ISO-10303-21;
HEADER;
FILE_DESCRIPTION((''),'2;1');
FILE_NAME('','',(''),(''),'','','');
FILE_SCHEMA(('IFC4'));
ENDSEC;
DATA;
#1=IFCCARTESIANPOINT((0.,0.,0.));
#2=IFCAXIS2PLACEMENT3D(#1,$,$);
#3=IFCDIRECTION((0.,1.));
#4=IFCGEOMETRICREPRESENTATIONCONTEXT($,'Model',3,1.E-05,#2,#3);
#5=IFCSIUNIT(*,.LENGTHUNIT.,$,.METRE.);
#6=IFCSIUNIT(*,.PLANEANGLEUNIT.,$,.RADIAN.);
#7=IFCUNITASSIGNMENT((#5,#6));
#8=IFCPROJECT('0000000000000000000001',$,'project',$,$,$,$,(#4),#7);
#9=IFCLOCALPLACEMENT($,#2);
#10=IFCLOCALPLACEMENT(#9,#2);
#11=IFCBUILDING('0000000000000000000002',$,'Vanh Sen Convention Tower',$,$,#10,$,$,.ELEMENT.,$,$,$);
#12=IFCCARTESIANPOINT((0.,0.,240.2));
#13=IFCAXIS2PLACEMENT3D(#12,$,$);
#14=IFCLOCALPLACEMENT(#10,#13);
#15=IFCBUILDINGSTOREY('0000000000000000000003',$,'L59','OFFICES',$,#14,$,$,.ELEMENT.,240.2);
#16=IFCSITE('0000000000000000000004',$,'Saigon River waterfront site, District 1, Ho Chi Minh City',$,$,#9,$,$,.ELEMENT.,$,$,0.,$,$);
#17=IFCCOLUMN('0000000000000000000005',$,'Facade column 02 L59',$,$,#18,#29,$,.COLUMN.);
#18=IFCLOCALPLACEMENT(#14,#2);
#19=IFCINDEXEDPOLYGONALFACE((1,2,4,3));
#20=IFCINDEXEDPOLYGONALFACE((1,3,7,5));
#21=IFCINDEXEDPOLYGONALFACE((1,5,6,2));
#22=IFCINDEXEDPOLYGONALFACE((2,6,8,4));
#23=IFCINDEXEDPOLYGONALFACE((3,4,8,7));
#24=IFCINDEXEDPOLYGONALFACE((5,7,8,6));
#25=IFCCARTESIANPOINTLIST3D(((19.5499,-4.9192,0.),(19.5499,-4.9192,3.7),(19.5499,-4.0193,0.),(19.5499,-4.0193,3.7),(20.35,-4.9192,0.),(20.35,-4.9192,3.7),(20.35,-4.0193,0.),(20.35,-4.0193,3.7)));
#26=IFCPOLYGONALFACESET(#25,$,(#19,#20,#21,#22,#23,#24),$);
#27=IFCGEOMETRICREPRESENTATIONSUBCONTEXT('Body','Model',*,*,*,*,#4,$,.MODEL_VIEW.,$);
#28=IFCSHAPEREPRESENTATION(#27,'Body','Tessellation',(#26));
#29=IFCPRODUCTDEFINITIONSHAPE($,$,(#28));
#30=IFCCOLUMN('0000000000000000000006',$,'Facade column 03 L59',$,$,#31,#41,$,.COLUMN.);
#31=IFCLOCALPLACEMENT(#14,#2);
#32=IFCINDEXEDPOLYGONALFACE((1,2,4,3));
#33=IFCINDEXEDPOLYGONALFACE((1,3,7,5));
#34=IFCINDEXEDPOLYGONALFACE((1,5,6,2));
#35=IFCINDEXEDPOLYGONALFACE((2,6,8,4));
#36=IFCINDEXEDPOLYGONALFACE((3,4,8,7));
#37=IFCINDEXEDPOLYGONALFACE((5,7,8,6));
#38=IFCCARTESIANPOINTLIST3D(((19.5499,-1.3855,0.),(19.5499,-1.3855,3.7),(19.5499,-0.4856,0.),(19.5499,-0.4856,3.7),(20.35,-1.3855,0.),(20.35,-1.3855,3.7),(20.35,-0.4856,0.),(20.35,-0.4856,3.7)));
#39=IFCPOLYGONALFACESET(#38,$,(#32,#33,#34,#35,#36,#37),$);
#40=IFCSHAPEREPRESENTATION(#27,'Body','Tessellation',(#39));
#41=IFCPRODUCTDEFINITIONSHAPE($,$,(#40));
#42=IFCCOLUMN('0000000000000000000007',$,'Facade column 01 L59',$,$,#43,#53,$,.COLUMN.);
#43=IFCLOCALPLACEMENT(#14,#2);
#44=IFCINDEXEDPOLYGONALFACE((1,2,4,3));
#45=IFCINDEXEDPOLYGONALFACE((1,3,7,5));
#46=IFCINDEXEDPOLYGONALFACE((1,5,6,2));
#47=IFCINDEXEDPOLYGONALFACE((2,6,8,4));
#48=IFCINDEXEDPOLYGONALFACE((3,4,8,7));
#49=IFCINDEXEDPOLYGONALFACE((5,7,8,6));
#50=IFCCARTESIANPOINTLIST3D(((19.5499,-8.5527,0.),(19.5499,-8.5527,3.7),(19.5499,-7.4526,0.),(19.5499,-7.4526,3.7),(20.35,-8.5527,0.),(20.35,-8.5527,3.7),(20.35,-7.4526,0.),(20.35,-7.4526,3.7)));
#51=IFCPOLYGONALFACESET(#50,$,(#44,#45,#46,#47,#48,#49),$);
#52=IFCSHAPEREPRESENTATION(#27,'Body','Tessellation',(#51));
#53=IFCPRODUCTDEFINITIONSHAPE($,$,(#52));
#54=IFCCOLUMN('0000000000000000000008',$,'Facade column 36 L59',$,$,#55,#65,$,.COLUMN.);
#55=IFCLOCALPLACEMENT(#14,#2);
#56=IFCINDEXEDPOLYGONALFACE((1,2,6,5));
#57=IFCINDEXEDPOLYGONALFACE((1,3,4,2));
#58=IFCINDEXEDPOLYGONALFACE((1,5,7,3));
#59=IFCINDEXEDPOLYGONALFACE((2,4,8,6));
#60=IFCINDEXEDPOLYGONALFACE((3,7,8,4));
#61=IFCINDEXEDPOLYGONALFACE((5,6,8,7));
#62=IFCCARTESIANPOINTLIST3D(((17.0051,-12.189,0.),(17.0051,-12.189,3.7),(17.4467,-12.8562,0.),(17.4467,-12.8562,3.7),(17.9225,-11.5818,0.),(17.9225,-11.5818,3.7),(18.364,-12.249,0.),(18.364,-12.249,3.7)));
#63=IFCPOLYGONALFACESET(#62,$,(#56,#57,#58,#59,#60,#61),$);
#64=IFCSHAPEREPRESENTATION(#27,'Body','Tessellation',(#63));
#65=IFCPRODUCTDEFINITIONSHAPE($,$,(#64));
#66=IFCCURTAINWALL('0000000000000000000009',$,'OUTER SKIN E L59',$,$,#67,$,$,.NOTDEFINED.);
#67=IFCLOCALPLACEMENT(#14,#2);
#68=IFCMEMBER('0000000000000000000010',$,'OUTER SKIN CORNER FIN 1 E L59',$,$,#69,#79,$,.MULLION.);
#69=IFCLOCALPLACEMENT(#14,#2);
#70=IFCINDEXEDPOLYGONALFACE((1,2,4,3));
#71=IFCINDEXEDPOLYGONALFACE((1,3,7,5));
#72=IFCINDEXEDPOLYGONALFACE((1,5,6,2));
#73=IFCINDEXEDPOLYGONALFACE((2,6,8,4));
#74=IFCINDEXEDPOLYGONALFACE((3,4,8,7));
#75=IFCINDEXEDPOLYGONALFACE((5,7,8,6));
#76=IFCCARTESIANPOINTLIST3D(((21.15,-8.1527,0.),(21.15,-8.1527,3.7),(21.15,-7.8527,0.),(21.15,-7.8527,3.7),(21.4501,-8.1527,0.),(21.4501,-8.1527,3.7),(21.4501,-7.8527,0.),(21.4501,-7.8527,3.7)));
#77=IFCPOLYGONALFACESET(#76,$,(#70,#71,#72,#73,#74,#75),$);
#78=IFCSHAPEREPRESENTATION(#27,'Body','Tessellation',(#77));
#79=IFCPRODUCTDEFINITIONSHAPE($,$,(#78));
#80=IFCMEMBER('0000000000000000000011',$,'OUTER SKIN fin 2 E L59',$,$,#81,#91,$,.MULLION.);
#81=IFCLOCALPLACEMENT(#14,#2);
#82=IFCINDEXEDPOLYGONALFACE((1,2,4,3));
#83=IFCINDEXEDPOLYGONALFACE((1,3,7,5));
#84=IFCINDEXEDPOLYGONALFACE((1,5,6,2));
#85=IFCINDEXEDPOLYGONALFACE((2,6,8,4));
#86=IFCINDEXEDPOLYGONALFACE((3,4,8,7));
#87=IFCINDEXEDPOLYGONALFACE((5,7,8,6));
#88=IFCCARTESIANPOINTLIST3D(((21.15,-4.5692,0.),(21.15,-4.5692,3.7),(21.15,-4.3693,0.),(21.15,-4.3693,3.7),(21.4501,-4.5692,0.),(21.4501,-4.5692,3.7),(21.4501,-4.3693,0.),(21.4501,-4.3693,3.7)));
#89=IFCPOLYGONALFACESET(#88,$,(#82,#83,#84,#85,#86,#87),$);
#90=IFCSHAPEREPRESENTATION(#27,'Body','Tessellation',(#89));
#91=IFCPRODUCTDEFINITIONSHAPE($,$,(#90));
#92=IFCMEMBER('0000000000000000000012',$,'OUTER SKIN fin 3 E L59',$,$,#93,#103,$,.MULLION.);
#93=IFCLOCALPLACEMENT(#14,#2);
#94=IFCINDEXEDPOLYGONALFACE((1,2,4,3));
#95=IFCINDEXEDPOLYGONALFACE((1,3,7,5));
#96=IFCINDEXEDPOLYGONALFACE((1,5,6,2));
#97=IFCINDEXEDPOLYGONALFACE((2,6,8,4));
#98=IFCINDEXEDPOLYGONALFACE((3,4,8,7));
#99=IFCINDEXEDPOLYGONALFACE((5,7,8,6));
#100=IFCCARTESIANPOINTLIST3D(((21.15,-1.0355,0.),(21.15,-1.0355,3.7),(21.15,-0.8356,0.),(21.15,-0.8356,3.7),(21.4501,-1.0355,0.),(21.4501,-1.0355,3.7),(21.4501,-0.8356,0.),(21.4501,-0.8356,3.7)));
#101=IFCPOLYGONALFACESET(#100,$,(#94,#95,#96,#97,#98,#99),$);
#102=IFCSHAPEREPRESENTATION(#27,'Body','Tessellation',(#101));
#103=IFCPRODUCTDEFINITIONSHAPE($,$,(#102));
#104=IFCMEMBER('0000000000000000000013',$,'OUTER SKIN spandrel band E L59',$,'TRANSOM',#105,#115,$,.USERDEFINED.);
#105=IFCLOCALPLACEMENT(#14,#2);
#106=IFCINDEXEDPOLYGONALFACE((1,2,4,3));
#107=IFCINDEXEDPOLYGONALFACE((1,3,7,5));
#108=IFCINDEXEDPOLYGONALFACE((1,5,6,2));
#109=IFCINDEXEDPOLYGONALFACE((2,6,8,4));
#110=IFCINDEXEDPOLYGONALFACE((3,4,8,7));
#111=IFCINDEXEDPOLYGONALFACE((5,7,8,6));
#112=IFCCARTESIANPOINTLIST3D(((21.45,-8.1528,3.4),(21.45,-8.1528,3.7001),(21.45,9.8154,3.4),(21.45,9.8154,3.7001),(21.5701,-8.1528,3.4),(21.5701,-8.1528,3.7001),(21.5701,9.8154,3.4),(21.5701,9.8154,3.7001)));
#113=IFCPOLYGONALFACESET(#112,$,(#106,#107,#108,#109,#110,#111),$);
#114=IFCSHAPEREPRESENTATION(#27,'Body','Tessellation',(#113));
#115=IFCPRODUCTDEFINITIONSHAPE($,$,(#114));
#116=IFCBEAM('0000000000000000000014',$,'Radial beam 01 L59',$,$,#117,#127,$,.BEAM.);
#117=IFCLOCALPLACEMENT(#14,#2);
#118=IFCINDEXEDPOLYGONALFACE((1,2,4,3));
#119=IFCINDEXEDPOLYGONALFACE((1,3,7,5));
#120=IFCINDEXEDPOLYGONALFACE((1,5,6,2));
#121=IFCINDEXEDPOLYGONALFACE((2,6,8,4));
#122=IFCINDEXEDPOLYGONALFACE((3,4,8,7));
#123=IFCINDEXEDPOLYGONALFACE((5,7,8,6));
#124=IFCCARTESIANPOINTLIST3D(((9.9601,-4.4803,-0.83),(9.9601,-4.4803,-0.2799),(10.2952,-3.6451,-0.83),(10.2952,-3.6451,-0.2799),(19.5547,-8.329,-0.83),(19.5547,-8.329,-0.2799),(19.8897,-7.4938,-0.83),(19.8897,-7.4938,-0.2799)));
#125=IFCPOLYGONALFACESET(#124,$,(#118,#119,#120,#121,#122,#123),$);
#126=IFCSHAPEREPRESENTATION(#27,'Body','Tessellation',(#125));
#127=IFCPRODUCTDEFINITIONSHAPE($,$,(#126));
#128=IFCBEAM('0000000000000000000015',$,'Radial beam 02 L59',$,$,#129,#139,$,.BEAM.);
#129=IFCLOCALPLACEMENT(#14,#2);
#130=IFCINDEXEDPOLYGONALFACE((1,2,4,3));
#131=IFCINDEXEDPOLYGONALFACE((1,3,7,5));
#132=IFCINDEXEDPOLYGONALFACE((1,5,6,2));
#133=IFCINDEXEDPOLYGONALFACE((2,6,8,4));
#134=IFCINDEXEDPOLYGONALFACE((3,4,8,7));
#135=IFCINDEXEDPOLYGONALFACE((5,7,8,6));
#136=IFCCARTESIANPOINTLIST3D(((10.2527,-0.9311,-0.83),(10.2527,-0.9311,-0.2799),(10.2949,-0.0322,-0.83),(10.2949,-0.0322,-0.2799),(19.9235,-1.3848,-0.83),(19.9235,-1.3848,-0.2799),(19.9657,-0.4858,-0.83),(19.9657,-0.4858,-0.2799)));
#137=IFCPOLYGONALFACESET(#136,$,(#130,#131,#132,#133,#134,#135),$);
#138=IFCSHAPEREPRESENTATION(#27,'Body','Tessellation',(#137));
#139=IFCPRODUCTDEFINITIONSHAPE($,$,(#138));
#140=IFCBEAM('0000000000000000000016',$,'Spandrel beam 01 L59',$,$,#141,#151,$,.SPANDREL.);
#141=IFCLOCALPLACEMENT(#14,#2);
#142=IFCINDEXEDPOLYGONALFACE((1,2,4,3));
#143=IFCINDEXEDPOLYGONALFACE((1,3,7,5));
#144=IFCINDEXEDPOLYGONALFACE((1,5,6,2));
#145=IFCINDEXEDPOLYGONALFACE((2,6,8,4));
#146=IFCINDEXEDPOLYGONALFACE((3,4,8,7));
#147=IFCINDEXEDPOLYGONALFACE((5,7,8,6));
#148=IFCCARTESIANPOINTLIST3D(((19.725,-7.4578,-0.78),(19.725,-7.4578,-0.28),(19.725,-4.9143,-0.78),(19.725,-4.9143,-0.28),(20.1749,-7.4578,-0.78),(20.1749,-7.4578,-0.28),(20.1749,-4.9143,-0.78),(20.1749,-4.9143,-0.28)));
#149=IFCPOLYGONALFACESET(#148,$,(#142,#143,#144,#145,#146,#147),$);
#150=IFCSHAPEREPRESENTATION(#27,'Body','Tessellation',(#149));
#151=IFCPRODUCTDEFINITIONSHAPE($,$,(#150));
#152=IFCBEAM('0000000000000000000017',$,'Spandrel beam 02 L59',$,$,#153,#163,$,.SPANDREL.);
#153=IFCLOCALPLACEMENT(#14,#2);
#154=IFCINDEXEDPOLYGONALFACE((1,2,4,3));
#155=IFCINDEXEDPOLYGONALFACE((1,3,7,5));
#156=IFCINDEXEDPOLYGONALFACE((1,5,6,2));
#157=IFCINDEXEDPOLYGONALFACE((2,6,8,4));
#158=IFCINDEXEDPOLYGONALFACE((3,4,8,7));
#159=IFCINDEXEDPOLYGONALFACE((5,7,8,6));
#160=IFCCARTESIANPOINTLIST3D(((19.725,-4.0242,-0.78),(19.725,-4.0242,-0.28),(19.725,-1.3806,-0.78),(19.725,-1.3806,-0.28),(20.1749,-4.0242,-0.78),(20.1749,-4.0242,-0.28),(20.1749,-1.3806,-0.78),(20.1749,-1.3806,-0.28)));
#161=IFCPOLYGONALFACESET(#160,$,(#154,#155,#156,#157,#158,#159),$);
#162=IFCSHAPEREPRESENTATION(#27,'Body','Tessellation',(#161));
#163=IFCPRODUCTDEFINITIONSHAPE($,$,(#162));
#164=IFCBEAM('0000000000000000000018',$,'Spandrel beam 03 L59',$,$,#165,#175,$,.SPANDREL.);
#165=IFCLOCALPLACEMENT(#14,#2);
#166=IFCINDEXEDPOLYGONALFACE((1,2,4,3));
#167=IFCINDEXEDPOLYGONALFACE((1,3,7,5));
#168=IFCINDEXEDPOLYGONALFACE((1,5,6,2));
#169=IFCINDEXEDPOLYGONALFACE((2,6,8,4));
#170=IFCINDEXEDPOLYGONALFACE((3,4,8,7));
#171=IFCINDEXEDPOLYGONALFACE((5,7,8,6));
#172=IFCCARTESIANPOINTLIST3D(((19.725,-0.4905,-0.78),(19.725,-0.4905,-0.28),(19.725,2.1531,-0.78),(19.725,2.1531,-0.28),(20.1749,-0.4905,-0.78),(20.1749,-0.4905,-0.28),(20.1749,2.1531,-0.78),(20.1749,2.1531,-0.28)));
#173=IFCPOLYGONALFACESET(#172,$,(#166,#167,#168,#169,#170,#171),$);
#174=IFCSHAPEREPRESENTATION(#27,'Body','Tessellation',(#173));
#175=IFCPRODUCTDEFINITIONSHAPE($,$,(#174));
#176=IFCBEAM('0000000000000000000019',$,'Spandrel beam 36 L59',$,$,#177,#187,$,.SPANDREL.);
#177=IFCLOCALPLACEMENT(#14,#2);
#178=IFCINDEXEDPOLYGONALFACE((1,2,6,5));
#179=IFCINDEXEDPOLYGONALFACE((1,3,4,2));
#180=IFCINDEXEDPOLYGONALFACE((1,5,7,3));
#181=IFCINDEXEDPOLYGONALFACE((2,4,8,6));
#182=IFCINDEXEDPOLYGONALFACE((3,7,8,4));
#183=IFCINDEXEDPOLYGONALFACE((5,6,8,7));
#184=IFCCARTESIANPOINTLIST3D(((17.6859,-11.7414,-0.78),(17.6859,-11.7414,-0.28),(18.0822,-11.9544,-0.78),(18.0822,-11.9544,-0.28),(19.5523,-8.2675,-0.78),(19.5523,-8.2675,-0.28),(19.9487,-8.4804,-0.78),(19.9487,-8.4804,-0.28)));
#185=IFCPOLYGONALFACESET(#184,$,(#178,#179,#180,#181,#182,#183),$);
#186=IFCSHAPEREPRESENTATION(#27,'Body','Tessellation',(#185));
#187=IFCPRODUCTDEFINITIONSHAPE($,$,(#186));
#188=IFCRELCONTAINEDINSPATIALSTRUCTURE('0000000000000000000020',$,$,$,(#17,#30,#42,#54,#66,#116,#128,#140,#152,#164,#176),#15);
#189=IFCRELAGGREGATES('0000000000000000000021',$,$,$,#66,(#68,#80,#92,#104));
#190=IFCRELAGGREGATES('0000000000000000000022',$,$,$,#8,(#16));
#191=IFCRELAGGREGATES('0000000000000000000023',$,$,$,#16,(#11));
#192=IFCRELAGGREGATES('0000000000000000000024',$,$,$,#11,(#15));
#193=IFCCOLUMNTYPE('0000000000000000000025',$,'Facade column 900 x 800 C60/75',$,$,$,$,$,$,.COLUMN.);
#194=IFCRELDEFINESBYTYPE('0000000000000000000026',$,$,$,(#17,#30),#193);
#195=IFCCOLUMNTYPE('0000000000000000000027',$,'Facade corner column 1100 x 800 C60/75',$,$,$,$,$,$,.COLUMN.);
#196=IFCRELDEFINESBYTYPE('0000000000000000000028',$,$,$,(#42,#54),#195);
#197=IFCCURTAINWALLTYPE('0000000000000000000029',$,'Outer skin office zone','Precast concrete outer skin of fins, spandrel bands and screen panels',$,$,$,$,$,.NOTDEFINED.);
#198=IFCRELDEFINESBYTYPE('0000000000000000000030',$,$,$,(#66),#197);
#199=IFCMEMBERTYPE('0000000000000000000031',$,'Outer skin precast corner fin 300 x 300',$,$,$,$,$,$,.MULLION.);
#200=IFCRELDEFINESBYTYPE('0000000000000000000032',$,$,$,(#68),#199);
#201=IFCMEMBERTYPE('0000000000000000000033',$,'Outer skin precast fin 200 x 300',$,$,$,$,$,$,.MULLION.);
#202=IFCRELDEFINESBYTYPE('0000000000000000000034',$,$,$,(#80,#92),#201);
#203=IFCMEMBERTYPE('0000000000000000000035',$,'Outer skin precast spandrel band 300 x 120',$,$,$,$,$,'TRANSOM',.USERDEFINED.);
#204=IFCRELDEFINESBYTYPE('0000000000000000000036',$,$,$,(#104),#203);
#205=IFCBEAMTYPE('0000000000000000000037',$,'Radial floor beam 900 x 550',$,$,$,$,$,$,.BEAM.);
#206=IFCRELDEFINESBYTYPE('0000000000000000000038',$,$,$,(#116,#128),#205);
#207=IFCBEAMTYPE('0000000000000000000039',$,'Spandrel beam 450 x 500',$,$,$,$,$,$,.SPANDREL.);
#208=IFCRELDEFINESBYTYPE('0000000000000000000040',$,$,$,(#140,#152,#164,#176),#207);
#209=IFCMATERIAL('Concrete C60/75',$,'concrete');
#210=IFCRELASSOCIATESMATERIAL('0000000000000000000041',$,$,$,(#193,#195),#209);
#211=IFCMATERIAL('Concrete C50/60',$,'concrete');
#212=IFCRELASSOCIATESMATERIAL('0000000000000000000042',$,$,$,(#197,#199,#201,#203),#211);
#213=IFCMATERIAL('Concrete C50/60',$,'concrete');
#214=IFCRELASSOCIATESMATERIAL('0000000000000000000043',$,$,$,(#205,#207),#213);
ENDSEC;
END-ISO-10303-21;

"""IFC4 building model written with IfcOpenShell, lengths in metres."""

from ifc_helpers import new_model, si_unit, direction, frame, origin, origin_2d, place, context, subcontext, project, spatial, rectangle, extrude, material, material_profile, profile_set, type_object, element, aggregate, save


model = new_model("IFC4")

# Units and contexts
model_context = context("Model", 3, precision=1e-05, world=origin(), true_north=direction((0.0, 1.0)))
body_context = subcontext(model_context, "Body", "Model", "MODEL_VIEW")
ifc_project = project(units=[si_unit("LENGTHUNIT", "METRE"), si_unit("PLANEANGLEUNIT", "RADIAN")], contexts=[model_context])

# Site, building, storey
site_placement = place(None, origin())
site = spatial("IfcSite", under=ifc_project, at=site_placement, Name="Saigon River waterfront site, District 1, Ho Chi Minh City", CompositionType="ELEMENT", RefElevation=0.0)
building_placement = place(site_placement, origin())
building = spatial("IfcBuilding", under=site, at=building_placement, Name="Vanh Sen Convention Tower", CompositionType="ELEMENT")
storey_placement = place(building_placement, frame((0.0, 0.0, 240.2)))
storey = spatial("IfcBuildingStorey", under=building, at=storey_placement, Name="L59", Description="OFFICES", CompositionType="ELEMENT", Elevation=240.2)

# Columns
ifc_material_1 = material(Name="Concrete C60/75", Category="concrete")
ifc_material_profile_1 = material_profile(ifc_material_1, rectangle(XDim=0.8999, YDim=0.8, at=origin_2d()), Name="RC 900X800")
ifc_profile_set_1 = profile_set([ifc_material_profile_1], Name="Concrete C60/75")
column_type_1 = type_object("IfcColumnType", Name="Facade column 900 x 800 C60/75", PredefinedType="COLUMN", material=ifc_profile_set_1)
for number, where, z_axis, x_axis, name in (
    (1, (19.95, -4.4692, 0.0), (0.0, 0.0, 1.0), (0.0, 1.0, 0.0), "Facade column 02 L59"),
    (2, (19.95, -0.9355, 0.0), (0.0, 0.0, 1.0), (0.0, 1.0, 0.0), "Facade column 03 L59"),
):
    element("IfcColumn", number, at=place(storey_placement, frame(where, z_axis=z_axis, x_axis=x_axis)), inside=storey, type_object=column_type_1, Name=name, PredefinedType="COLUMN", context=body_context, shape_type="SweptSolid", body=[
        extrude(rectangle(XDim=0.8999, YDim=0.8, at=origin_2d()), origin(), (0.0, 0.0, 1.0), 3.7),
    ])
ifc_material_profile_2 = material_profile(ifc_material_1, rectangle(XDim=1.1001, YDim=0.8, at=origin_2d()), Name="RC 1100X800")
ifc_profile_set_2 = profile_set([ifc_material_profile_2], Name="Concrete C60/75")
column_type_2 = type_object("IfcColumnType", Name="Facade corner column 1100 x 800 C60/75", PredefinedType="COLUMN", material=ifc_profile_set_2)
for number, where, z_axis, x_axis, name in (
    (3, (19.95, -8.0027, 0.0), (0.0, 0.0, 1.0), (0.0, 1.0, 0.0), "Facade column 01 L59"),
    (4, (17.6846, -12.219, 0.0), (0.0, 0.0, 1.0), (0.833886, 0.551937, 0.0), "Facade column 36 L59"),
):
    element("IfcColumn", number, at=place(storey_placement, frame(where, z_axis=z_axis, x_axis=x_axis)), inside=storey, type_object=column_type_2, Name=name, PredefinedType="COLUMN", context=body_context, shape_type="SweptSolid", body=[
        extrude(rectangle(XDim=1.1001, YDim=0.8, at=origin_2d()), origin(), (0.0, 0.0, 1.0), 3.7),
    ])

# Curtain wall, members
ifc_material_2 = material(Name="Concrete C50/60", Category="concrete")
curtain_wall_type = type_object("IfcCurtainWallType", Name="Outer skin office zone", Description="Precast concrete outer skin of fins, spandrel bands and screen panels", PredefinedType="NOTDEFINED", material=ifc_material_2)
curtain_wall_1_placement = place(storey_placement, origin())
curtain_wall_1 = element("IfcCurtainWall", 5, at=curtain_wall_1_placement, inside=storey, type_object=curtain_wall_type, Name="OUTER SKIN E L59", PredefinedType="NOTDEFINED")
ifc_material_profile_3 = material_profile(ifc_material_2, rectangle(XDim=0.3, YDim=0.3, at=origin_2d()), Name="Outer skin precast corner fin 300 x 300")
ifc_profile_set_3 = profile_set([ifc_material_profile_3], Name="Concrete C50/60")
member_type_1 = type_object("IfcMemberType", Name="Outer skin precast corner fin 300 x 300", PredefinedType="MULLION", material=ifc_profile_set_3)
member_1_placement = place(storey_placement, frame((21.3, -8.0027, 0.0), z_axis=(0.0, 0.0, 1.0), x_axis=(0.0, 1.0, 0.0)))
member_1 = element("IfcMember", 6, at=member_1_placement, type_object=member_type_1, Name="OUTER SKIN CORNER FIN 1 E L59", PredefinedType="MULLION", context=body_context, shape_type="SweptSolid", body=[
    extrude(rectangle(XDim=0.3, YDim=0.3, at=origin_2d()), origin(), (0.0, 0.0, 1.0), 3.7),
])
ifc_material_profile_4 = material_profile(ifc_material_2, rectangle(XDim=0.2, YDim=0.3, at=origin_2d()), Name="Outer skin precast fin 200 x 300")
ifc_profile_set_4 = profile_set([ifc_material_profile_4], Name="Concrete C50/60")
member_type_2 = type_object("IfcMemberType", Name="Outer skin precast fin 200 x 300", PredefinedType="MULLION", material=ifc_profile_set_4)
member_2_placement = place(storey_placement, frame((21.3, -4.4692, 0.0), z_axis=(0.0, 0.0, 1.0), x_axis=(0.0, 1.0, 0.0)))
member_2 = element("IfcMember", 7, at=member_2_placement, type_object=member_type_2, Name="OUTER SKIN fin 2 E L59", PredefinedType="MULLION", context=body_context, shape_type="SweptSolid", body=[
    extrude(rectangle(XDim=0.2, YDim=0.3, at=origin_2d()), origin(), (0.0, 0.0, 1.0), 3.7),
])
member_3_placement = place(storey_placement, frame((21.3, -0.9355, 0.0), z_axis=(0.0, 0.0, 1.0), x_axis=(0.0, 1.0, 0.0)))
member_3 = element("IfcMember", 8, at=member_3_placement, type_object=member_type_2, Name="OUTER SKIN fin 3 E L59", PredefinedType="MULLION", context=body_context, shape_type="SweptSolid", body=[
    extrude(rectangle(XDim=0.2, YDim=0.3, at=origin_2d()), origin(), (0.0, 0.0, 1.0), 3.7),
])
ifc_material_profile_5 = material_profile(ifc_material_2, rectangle(XDim=0.1201, YDim=0.3, at=origin_2d()), Name="Outer skin precast spandrel band 300 x 120")
ifc_profile_set_5 = profile_set([ifc_material_profile_5], Name="Concrete C50/60")
member_type_3 = type_object("IfcMemberType", Name="Outer skin precast spandrel band 300 x 120", ElementType="TRANSOM", PredefinedType="USERDEFINED", material=ifc_profile_set_5)
member_4_placement = place(storey_placement, frame((21.51, -8.1528, 3.55), z_axis=(0.0, 1.0, 0.0), x_axis=(-1.0, 0.0, 0.0)))
member_4 = element("IfcMember", 9, at=member_4_placement, type_object=member_type_3, Name="OUTER SKIN spandrel band E L59", ObjectType="TRANSOM", PredefinedType="USERDEFINED", context=body_context, shape_type="SweptSolid", body=[
    extrude(rectangle(XDim=0.1201, YDim=0.3, at=origin_2d()), origin(), (0.0, 0.0, 1.0), 17.9683),
])

# Beams
ifc_material_3 = material(Name="Concrete C50/60", Category="concrete")
ifc_material_profile_6 = material_profile(ifc_material_3, rectangle(XDim=0.8999, YDim=0.55, at=origin_2d()), Name="RC 900X550")
ifc_profile_set_6 = profile_set([ifc_material_profile_6], Name="Concrete C50/60")
beam_type_1 = type_object("IfcBeamType", Name="Radial floor beam 900 x 550", PredefinedType="BEAM", material=ifc_profile_set_6)
beam_1_placement = place(storey_placement, frame((19.7222, -7.9114, -0.5549), z_axis=(-0.928115, 0.372294, 0.0), x_axis=(-0.372294, -0.928115, 0.0)))
element("IfcBeam", 10, at=beam_1_placement, inside=storey, type_object=beam_type_1, Name="Radial beam 01 L59", PredefinedType="BEAM", context=body_context, shape_type="SweptSolid", body=[
    extrude(rectangle(XDim=0.8999, YDim=0.55, at=origin_2d()), origin(), (0.0, 0.0, 1.0), 10.3376),
])
beam_2_placement = place(storey_placement, frame((19.9446, -0.9353, -0.5549), z_axis=(-0.998902, 0.046855, 0.0), x_axis=(-0.046855, -0.998902, 0.0)))
element("IfcBeam", 11, at=beam_2_placement, inside=storey, type_object=beam_type_1, Name="Radial beam 02 L59", PredefinedType="BEAM", context=body_context, shape_type="SweptSolid", body=[
    extrude(rectangle(XDim=0.8999, YDim=0.55, at=origin_2d()), origin(), (0.0, 0.0, 1.0), 9.6814),
])
ifc_material_profile_7 = material_profile(ifc_material_3, rectangle(XDim=0.45, YDim=0.5, at=origin_2d()), Name="RC 450X500")
ifc_profile_set_7 = profile_set([ifc_material_profile_7], Name="Concrete C50/60")
beam_type_2 = type_object("IfcBeamType", Name="Spandrel beam 450 x 500", PredefinedType="SPANDREL", material=ifc_profile_set_7)
beam_3_placement = place(storey_placement, frame((19.95, -7.4578, -0.53), z_axis=(0.0, 1.0, 0.0), x_axis=(-1.0, 0.0, 0.0)))
element("IfcBeam", 12, at=beam_3_placement, inside=storey, type_object=beam_type_2, Name="Spandrel beam 01 L59", PredefinedType="SPANDREL", context=body_context, shape_type="SweptSolid", body=[
    extrude(rectangle(XDim=0.45, YDim=0.5, at=origin_2d()), origin(), (0.0, 0.0, 1.0), 2.5435),
])
for number, where, z_axis, x_axis, name in (
    (13, (19.95, -4.0242, -0.53), (0.0, 1.0, 0.0), (-1.0, 0.0, 0.0), "Spandrel beam 02 L59"),
    (14, (19.95, -0.4905, -0.53), (0.0, 1.0, 0.0), (-1.0, 0.0, 0.0), "Spandrel beam 03 L59"),
):
    element("IfcBeam", number, at=place(storey_placement, frame(where, z_axis=z_axis, x_axis=x_axis)), inside=storey, type_object=beam_type_2, Name=name, PredefinedType="SPANDREL", context=body_context, shape_type="SweptSolid", body=[
        extrude(rectangle(XDim=0.45, YDim=0.5, at=origin_2d()), origin(), (0.0, 0.0, 1.0), 2.6436),
    ])
beam_4_placement = place(storey_placement, frame((17.884, -11.8479, -0.53), z_axis=(0.473295, 0.880904, 0.0), x_axis=(-0.880904, 0.473295, 0.0)))
element("IfcBeam", 15, at=beam_4_placement, inside=storey, type_object=beam_type_2, Name="Spandrel beam 36 L59", PredefinedType="SPANDREL", context=body_context, shape_type="SweptSolid", body=[
    extrude(rectangle(XDim=0.45, YDim=0.5, at=origin_2d()), origin(), (0.0, 0.0, 1.0), 3.9436),
])

aggregate(curtain_wall_1, [member_1, member_2, member_3, member_4])

save(model, "model.ifc")
